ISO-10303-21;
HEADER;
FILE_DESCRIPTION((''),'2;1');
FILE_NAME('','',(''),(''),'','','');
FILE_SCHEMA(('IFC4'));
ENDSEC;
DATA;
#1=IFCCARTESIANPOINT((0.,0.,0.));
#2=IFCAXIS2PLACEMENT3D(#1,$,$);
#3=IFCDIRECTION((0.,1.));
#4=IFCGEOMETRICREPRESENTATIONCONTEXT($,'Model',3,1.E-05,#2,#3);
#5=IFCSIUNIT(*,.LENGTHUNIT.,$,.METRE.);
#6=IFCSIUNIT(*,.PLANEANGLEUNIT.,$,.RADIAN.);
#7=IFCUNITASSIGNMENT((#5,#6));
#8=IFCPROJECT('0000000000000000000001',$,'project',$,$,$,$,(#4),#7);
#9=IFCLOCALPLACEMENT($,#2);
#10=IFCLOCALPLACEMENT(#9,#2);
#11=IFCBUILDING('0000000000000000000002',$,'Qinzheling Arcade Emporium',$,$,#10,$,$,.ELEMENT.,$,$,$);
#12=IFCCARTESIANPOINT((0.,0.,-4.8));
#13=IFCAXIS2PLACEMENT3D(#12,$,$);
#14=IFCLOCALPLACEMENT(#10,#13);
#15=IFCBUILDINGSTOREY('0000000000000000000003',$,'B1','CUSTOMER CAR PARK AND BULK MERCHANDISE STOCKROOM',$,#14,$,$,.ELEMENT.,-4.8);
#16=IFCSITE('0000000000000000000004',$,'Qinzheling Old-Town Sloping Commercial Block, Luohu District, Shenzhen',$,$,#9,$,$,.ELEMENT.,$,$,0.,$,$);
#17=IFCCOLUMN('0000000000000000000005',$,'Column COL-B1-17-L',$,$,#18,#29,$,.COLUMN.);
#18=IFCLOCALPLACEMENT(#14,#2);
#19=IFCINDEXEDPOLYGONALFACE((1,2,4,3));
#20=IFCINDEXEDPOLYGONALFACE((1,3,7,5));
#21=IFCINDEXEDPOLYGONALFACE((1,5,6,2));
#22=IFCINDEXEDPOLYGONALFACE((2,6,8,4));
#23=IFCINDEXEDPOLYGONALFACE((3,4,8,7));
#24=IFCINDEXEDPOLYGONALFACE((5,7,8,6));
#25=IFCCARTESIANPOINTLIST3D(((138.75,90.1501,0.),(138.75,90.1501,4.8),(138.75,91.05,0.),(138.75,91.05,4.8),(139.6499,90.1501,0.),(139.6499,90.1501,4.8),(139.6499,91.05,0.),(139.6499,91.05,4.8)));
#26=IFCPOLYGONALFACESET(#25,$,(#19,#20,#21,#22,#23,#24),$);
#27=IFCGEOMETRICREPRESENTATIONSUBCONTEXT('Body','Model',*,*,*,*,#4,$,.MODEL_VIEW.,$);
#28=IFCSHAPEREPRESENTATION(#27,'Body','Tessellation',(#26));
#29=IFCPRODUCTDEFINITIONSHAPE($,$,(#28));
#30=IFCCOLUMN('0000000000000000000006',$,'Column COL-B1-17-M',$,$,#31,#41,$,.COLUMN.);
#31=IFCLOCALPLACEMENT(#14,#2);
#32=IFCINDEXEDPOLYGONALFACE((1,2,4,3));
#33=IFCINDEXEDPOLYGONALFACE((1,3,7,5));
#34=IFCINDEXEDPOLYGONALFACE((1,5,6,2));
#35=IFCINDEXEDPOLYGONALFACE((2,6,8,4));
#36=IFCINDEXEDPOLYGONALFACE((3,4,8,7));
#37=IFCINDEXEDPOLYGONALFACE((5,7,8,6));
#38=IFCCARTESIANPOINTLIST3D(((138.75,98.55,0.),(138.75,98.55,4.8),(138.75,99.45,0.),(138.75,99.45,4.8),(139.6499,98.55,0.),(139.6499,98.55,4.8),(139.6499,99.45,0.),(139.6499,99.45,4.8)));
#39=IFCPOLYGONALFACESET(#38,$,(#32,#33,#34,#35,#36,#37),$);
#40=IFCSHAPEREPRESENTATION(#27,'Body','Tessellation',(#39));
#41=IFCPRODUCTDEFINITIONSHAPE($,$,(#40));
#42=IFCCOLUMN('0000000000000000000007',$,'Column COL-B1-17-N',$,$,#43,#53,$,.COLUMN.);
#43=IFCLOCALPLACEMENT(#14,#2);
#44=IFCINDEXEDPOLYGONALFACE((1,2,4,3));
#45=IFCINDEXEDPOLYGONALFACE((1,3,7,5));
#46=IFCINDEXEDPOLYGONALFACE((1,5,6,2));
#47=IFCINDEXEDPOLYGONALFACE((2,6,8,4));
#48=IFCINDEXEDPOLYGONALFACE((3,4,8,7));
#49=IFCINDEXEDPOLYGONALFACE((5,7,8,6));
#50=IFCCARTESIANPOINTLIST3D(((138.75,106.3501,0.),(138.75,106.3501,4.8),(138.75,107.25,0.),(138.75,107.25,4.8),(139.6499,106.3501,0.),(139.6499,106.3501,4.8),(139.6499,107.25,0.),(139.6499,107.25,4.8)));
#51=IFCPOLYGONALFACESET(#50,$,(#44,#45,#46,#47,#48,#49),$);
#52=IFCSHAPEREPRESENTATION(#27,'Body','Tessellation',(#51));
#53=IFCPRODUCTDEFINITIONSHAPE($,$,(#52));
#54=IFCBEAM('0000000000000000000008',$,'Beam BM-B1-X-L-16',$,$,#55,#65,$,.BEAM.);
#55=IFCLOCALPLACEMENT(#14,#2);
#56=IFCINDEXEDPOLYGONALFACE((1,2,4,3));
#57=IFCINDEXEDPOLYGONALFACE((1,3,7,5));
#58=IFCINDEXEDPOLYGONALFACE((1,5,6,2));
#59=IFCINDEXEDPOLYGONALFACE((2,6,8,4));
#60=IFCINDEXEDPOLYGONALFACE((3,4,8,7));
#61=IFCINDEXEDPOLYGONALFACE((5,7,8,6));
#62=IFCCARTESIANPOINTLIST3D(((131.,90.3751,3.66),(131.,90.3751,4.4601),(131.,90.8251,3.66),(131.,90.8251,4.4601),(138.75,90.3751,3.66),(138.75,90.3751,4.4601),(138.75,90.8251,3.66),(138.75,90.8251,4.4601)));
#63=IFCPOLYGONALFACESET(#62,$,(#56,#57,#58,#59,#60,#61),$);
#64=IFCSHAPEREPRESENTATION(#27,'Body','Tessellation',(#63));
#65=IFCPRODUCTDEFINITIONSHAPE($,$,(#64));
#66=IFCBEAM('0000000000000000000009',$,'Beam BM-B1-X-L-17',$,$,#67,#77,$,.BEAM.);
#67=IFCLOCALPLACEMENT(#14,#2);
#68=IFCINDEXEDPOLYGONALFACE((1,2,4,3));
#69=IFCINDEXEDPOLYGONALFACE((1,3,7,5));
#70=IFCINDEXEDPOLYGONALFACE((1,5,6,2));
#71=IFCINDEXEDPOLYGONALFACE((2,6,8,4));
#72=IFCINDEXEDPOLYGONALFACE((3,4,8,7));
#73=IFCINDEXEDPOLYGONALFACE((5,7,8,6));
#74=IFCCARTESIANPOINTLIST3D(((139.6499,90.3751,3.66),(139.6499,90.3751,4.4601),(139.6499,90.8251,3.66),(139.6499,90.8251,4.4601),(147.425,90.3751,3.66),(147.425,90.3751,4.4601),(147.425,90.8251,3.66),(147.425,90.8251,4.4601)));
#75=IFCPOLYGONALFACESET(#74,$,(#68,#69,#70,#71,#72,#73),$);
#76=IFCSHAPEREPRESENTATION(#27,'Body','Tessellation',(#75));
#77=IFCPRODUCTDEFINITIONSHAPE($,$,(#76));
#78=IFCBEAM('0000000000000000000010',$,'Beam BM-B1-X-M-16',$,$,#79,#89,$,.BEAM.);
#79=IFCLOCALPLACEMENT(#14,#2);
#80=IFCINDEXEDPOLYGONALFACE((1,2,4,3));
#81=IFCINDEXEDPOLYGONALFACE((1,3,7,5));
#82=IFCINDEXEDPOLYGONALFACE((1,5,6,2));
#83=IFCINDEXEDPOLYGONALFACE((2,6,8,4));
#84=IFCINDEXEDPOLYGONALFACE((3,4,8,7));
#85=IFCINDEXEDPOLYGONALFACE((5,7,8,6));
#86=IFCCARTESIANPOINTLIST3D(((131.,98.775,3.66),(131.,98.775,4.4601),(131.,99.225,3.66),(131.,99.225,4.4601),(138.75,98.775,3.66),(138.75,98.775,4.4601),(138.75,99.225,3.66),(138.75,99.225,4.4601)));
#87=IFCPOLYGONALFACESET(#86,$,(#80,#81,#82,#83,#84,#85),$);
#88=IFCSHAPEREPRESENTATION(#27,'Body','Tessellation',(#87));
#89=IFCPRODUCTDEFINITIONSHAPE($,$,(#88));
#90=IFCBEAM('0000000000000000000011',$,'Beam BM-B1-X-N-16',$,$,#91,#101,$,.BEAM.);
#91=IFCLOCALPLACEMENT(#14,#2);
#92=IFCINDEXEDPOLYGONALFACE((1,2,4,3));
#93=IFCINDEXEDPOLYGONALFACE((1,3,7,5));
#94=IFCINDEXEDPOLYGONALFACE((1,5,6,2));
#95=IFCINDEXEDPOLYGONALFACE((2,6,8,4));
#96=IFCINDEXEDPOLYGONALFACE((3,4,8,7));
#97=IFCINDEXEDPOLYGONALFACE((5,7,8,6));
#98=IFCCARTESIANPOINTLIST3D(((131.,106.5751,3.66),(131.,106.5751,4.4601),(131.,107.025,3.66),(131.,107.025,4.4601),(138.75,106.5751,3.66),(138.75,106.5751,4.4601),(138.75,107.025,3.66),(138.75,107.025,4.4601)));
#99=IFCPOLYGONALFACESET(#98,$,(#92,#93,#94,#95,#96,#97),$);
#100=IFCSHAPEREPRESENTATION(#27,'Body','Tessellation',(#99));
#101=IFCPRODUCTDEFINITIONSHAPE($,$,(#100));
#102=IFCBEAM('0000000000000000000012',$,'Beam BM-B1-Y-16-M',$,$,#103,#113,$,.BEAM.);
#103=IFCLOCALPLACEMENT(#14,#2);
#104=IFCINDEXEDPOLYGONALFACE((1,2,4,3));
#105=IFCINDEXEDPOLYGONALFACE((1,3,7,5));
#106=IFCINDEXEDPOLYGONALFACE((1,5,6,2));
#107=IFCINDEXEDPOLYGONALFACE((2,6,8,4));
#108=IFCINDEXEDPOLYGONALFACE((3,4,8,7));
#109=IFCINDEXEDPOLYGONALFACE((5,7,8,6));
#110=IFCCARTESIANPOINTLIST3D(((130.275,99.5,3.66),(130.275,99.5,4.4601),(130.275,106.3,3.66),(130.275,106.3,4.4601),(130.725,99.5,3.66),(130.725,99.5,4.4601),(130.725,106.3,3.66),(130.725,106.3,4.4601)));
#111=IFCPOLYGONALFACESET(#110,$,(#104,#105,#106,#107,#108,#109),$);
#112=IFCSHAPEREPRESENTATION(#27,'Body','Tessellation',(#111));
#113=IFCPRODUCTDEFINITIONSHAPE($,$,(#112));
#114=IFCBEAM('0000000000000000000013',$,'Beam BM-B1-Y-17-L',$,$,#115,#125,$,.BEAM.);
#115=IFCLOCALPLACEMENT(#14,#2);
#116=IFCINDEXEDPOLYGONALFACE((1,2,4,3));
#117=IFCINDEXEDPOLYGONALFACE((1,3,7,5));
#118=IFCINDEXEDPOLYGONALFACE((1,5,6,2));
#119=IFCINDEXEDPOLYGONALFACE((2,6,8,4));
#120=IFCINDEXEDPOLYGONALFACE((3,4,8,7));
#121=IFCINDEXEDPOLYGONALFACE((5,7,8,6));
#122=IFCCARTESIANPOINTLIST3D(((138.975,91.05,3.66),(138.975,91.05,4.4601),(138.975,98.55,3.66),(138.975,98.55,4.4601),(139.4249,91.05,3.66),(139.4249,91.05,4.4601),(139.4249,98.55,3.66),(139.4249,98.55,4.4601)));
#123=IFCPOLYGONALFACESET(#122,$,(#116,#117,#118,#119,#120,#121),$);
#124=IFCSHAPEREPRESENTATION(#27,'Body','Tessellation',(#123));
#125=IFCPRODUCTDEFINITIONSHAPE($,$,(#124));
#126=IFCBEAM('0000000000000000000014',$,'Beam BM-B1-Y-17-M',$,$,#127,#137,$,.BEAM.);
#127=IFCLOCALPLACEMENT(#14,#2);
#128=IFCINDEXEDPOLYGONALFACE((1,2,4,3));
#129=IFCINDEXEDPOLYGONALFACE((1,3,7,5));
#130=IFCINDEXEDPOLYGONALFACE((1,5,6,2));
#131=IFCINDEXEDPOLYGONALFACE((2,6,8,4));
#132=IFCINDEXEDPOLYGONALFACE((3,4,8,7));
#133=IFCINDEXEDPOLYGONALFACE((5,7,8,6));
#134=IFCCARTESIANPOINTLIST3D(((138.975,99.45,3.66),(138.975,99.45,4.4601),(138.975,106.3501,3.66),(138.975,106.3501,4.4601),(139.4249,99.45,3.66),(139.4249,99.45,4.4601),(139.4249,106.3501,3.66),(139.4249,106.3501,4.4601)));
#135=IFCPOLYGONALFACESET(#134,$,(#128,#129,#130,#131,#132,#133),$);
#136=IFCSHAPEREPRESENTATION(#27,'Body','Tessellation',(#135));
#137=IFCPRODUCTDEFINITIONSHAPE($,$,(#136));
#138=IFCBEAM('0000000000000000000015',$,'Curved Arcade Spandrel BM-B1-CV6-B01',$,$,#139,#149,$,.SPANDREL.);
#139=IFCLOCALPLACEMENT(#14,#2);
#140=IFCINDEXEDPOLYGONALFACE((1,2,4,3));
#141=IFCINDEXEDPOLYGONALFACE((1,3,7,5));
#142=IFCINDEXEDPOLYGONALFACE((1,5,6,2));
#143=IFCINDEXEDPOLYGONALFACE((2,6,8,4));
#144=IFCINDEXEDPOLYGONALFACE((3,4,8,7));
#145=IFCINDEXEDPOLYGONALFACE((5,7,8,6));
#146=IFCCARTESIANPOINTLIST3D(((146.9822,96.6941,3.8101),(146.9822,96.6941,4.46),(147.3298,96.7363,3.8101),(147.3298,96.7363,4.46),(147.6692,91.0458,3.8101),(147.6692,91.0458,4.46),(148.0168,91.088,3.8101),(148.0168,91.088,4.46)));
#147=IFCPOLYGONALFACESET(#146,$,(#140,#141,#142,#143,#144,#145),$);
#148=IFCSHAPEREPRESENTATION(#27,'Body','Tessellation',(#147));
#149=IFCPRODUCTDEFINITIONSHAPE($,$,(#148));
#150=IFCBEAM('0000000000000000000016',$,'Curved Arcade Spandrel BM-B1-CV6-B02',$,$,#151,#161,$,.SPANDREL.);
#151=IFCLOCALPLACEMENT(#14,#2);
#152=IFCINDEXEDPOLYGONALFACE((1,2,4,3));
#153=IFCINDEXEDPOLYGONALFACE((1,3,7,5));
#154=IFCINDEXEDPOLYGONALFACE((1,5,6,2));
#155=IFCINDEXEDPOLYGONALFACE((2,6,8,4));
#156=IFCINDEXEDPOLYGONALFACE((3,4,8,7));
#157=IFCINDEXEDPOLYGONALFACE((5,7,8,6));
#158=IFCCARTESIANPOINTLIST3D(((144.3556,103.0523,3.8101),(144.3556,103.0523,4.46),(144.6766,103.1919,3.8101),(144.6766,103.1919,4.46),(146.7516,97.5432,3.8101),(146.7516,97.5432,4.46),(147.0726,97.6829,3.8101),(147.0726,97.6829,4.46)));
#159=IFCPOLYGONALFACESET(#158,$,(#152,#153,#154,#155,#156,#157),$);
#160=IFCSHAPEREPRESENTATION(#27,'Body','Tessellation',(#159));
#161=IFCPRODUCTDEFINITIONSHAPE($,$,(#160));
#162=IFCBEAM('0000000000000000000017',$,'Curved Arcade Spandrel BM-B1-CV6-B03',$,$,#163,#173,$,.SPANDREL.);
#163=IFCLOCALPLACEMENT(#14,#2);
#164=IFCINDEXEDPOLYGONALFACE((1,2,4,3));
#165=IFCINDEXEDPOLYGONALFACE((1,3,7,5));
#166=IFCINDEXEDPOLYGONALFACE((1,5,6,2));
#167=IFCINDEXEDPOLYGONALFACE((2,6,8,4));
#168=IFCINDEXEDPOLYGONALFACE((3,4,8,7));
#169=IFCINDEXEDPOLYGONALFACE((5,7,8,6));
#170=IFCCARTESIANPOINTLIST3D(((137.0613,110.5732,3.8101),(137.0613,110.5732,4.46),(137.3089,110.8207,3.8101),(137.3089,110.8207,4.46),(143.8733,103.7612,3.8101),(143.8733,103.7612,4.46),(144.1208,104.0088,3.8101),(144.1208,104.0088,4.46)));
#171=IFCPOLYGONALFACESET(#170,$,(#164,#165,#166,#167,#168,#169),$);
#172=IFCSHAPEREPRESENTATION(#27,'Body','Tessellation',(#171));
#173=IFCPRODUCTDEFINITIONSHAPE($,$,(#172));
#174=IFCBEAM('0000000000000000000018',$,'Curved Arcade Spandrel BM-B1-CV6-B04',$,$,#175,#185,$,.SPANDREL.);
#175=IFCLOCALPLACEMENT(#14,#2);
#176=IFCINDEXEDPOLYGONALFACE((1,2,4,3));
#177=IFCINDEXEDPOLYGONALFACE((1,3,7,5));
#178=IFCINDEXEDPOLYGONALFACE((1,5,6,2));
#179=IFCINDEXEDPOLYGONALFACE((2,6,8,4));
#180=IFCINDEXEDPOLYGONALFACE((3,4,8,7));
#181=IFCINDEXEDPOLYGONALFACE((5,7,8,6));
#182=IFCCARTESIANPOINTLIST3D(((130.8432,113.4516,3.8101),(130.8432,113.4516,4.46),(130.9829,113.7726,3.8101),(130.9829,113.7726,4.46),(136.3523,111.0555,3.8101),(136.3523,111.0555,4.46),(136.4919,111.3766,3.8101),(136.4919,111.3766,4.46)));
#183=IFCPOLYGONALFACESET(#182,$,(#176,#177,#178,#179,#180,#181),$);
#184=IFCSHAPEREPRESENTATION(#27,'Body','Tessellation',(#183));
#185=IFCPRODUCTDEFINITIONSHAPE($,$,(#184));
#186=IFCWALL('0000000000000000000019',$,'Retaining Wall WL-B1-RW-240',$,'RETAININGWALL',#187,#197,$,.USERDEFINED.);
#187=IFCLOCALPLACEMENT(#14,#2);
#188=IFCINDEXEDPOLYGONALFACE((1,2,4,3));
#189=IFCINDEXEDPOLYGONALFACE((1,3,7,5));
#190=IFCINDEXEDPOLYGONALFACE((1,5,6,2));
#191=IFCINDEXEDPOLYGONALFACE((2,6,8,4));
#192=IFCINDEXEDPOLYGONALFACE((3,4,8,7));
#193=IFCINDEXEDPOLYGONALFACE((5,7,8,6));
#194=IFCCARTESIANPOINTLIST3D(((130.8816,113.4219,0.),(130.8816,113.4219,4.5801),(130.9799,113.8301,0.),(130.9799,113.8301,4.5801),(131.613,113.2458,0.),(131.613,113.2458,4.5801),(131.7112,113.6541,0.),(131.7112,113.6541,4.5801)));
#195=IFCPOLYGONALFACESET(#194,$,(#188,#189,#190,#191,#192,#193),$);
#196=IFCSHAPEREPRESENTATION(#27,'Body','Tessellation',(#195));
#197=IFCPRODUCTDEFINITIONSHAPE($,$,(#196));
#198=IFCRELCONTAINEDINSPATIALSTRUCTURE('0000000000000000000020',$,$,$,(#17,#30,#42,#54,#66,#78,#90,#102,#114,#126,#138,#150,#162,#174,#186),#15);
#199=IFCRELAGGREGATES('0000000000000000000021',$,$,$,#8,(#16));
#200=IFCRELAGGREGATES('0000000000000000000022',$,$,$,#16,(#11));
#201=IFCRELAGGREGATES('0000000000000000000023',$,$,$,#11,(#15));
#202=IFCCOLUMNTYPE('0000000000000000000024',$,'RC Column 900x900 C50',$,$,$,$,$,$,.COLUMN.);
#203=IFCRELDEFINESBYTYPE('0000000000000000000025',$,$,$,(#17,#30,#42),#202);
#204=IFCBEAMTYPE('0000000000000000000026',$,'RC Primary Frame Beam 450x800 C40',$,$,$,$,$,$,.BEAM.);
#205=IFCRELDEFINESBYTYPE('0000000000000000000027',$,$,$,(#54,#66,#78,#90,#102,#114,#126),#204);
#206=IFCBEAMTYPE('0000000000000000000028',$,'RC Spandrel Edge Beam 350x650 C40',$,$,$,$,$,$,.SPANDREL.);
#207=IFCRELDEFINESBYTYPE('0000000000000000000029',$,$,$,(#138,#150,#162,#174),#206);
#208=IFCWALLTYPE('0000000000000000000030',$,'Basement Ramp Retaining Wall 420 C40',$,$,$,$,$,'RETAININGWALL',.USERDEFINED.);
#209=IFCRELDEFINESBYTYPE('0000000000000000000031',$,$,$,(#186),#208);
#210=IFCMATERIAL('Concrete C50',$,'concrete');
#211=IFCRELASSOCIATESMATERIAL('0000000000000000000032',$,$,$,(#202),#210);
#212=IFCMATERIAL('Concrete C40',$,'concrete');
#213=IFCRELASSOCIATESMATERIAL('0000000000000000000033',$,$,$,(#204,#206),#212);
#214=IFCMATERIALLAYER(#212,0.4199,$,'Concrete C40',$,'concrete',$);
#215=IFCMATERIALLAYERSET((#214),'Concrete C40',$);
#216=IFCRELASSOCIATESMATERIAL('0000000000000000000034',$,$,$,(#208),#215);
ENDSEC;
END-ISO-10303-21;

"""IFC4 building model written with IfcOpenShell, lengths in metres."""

from ifc_helpers import new_model, si_unit, direction, frame, frame_2d, origin, origin_2d, place, context, subcontext, project, spatial, rectangle, extrude, material, layer, layer_set, material_profile, profile_set, type_object, element, save


model = new_model("IFC4")

# Units and contexts
model_context = context("Model", 3, precision=1e-05, world=origin(), true_north=direction((0.0, 1.0)))
body_context = subcontext(model_context, "Body", "Model", "MODEL_VIEW")
ifc_project = project(units=[si_unit("LENGTHUNIT", "METRE"), si_unit("PLANEANGLEUNIT", "RADIAN")], contexts=[model_context])

# Site, building, storey
site_placement = place(None, origin())
site = spatial("IfcSite", under=ifc_project, at=site_placement, Name="Qinzheling Old-Town Sloping Commercial Block, Luohu District, Shenzhen", CompositionType="ELEMENT", RefElevation=0.0)
building_placement = place(site_placement, origin())
building = spatial("IfcBuilding", under=site, at=building_placement, Name="Qinzheling Arcade Emporium", CompositionType="ELEMENT")
storey_placement = place(building_placement, frame((0.0, 0.0, -4.8)))
storey = spatial("IfcBuildingStorey", under=building, at=storey_placement, Name="B1", Description="CUSTOMER CAR PARK AND BULK MERCHANDISE STOCKROOM", CompositionType="ELEMENT", Elevation=-4.8)

# Columns
ifc_material_1 = material(Name="Concrete C50", Category="concrete")
ifc_material_profile_1 = material_profile(ifc_material_1, rectangle(XDim=0.8999, YDim=0.8999, at=origin_2d()), Name="RC 900x900", Category="concrete")
ifc_profile_set_1 = profile_set([ifc_material_profile_1], Name="Concrete C50")
column_type_1 = type_object("IfcColumnType", Name="RC Column 900x900 C50", PredefinedType="COLUMN", material=ifc_profile_set_1)
for number, where, z_axis, x_axis, name in (
    (1, (139.2, 90.6001, 0.0), (0.0, 0.0, 1.0), (1.0, 0.0, 0.0), "Column COL-B1-17-L"),
    (2, (139.2, 99.0, 0.0), (0.0, 0.0, 1.0), (1.0, 0.0, 0.0), "Column COL-B1-17-M"),
    (3, (139.2, 106.8, 0.0), (0.0, 0.0, 1.0), (1.0, 0.0, 0.0), "Column COL-B1-17-N"),
):
    element("IfcColumn", number, at=place(storey_placement, frame(where, z_axis=z_axis, x_axis=x_axis)), inside=storey, type_object=column_type_1, Name=name, PredefinedType="COLUMN", context=body_context, shape_type="SweptSolid", body=[
        extrude(rectangle(XDim=0.8999, YDim=0.8999, at=origin_2d()), origin(), (0.0, 0.0, 1.0), 4.8),
    ])

# Beams
ifc_material_2 = material(Name="Concrete C40", Category="concrete")
ifc_material_profile_2 = material_profile(ifc_material_2, rectangle(XDim=0.45, YDim=0.8, at=origin_2d()), Name="RC 450x800", Category="concrete")
ifc_profile_set_2 = profile_set([ifc_material_profile_2], Name="Concrete C40")
beam_type_1 = type_object("IfcBeamType", Name="RC Primary Frame Beam 450x800 C40", PredefinedType="BEAM", material=ifc_profile_set_2)
beam_1_placement = place(storey_placement, frame((131.0, 90.6001, 4.0601), z_axis=(1.0, 0.0, 0.0), x_axis=(0.0, 1.0, 0.0)))
element("IfcBeam", 4, at=beam_1_placement, inside=storey, type_object=beam_type_1, Name="Beam BM-B1-X-L-16", PredefinedType="BEAM", context=body_context, shape_type="SweptSolid", body=[
    extrude(rectangle(XDim=0.45, YDim=0.8, at=origin_2d()), origin(), (0.0, 0.0, 1.0), 7.75),
])
beam_2_placement = place(storey_placement, frame((139.6499, 90.6001, 4.0601), z_axis=(1.0, 0.0, 0.0), x_axis=(0.0, 1.0, 0.0)))
element("IfcBeam", 5, at=beam_2_placement, inside=storey, type_object=beam_type_1, Name="Beam BM-B1-X-L-17", PredefinedType="BEAM", context=body_context, shape_type="SweptSolid", body=[
    extrude(rectangle(XDim=0.45, YDim=0.8, at=origin_2d()), origin(), (0.0, 0.0, 1.0), 7.7751),
])
for number, where, z_axis, x_axis, name in (
    (6, (131.0, 99.0, 4.0601), (1.0, 0.0, 0.0), (0.0, 1.0, 0.0), "Beam BM-B1-X-M-16"),
    (7, (131.0, 106.8, 4.0601), (1.0, 0.0, 0.0), (0.0, 1.0, 0.0), "Beam BM-B1-X-N-16"),
):
    element("IfcBeam", number, at=place(storey_placement, frame(where, z_axis=z_axis, x_axis=x_axis)), inside=storey, type_object=beam_type_1, Name=name, PredefinedType="BEAM", context=body_context, shape_type="SweptSolid", body=[
        extrude(rectangle(XDim=0.45, YDim=0.8, at=origin_2d()), origin(), (0.0, 0.0, 1.0), 7.75),
    ])
beam_3_placement = place(storey_placement, frame((130.5, 99.5, 4.0601), z_axis=(0.0, 1.0, 0.0), x_axis=(-1.0, 0.0, 0.0)))
element("IfcBeam", 8, at=beam_3_placement, inside=storey, type_object=beam_type_1, Name="Beam BM-B1-Y-16-M", PredefinedType="BEAM", context=body_context, shape_type="SweptSolid", body=[
    extrude(rectangle(XDim=0.45, YDim=0.8, at=origin_2d()), origin(), (0.0, 0.0, 1.0), 6.8),
])
beam_4_placement = place(storey_placement, frame((139.2, 91.05, 4.0601), z_axis=(0.0, 1.0, 0.0), x_axis=(-1.0, 0.0, 0.0)))
element("IfcBeam", 9, at=beam_4_placement, inside=storey, type_object=beam_type_1, Name="Beam BM-B1-Y-17-L", PredefinedType="BEAM", context=body_context, shape_type="SweptSolid", body=[
    extrude(rectangle(XDim=0.45, YDim=0.8, at=origin_2d()), origin(), (0.0, 0.0, 1.0), 7.5),
])
beam_5_placement = place(storey_placement, frame((139.2, 99.45, 4.0601), z_axis=(0.0, 1.0, 0.0), x_axis=(-1.0, 0.0, 0.0)))
element("IfcBeam", 10, at=beam_5_placement, inside=storey, type_object=beam_type_1, Name="Beam BM-B1-Y-17-M", PredefinedType="BEAM", context=body_context, shape_type="SweptSolid", body=[
    extrude(rectangle(XDim=0.45, YDim=0.8, at=origin_2d()), origin(), (0.0, 0.0, 1.0), 6.9001),
])
ifc_material_profile_3 = material_profile(ifc_material_2, rectangle(XDim=0.3501, YDim=0.6499, at=origin_2d()), Name="RC 350x650", Category="concrete")
ifc_profile_set_3 = profile_set([ifc_material_profile_3], Name="Concrete C40")
beam_type_2 = type_object("IfcBeamType", Name="RC Spandrel Edge Beam 350x650 C40", PredefinedType="SPANDREL", material=ifc_profile_set_3)
beam_6_placement = place(storey_placement, frame((147.843, 91.0669, 4.135), z_axis=(-0.120744, 0.992684, 0.0), x_axis=(-0.992684, -0.120744, 0.0)))
element("IfcBeam", 11, at=beam_6_placement, inside=storey, type_object=beam_type_2, Name="Curved Arcade Spandrel BM-B1-CV6-B01", PredefinedType="SPANDREL", context=body_context, shape_type="SweptSolid", body=[
    extrude(rectangle(XDim=0.3501, YDim=0.6499, at=origin_2d()), origin(), (0.0, 0.0, 1.0), 5.6899),
])
beam_7_placement = place(storey_placement, frame((146.9121, 97.613, 4.135), z_axis=(-0.398833, 0.917024, 0.0), x_axis=(-0.917024, -0.398833, 0.0)))
element("IfcBeam", 12, at=beam_7_placement, inside=storey, type_object=beam_type_2, Name="Curved Arcade Spandrel BM-B1-CV6-B02", PredefinedType="SPANDREL", context=body_context, shape_type="SweptSolid", body=[
    extrude(rectangle(XDim=0.3501, YDim=0.6499, at=origin_2d()), origin(), (0.0, 0.0, 1.0), 6.0076),
])
beam_8_placement = place(storey_placement, frame((143.9971, 103.885, 4.135), z_axis=(-0.707107, 0.707107, 0.0), x_axis=(-0.707107, -0.707107, 0.0)))
element("IfcBeam", 13, at=beam_8_placement, inside=storey, type_object=beam_type_2, Name="Curved Arcade Spandrel BM-B1-CV6-B03", PredefinedType="SPANDREL", context=body_context, shape_type="SweptSolid", body=[
    extrude(rectangle(XDim=0.3501, YDim=0.6499, at=origin_2d()), origin(), (0.0, 0.0, 1.0), 9.6335),
])
beam_9_placement = place(storey_placement, frame((136.4221, 111.2161, 4.135), z_axis=(-0.917024, 0.398833, 0.0), x_axis=(-0.398833, -0.917024, 0.0)))
element("IfcBeam", 14, at=beam_9_placement, inside=storey, type_object=beam_type_2, Name="Curved Arcade Spandrel BM-B1-CV6-B04", PredefinedType="SPANDREL", context=body_context, shape_type="SweptSolid", body=[
    extrude(rectangle(XDim=0.3501, YDim=0.6499, at=origin_2d()), origin(), (0.0, 0.0, 1.0), 6.0076),
])

# Wall
ifc_layer_1 = layer(ifc_material_2, 0.4199, Name="Concrete C40", Category="concrete")
ifc_layer_set_1 = layer_set([ifc_layer_1], Name="Concrete C40")
wall_type_1 = type_object("IfcWallType", Name="Basement Ramp Retaining Wall 420 C40", ElementType="RETAININGWALL", PredefinedType="USERDEFINED", material=ifc_layer_set_1)
wall_1_placement = place(storey_placement, frame((130.9309, 113.626, 0.0), z_axis=(0.0, 0.0, 1.0), x_axis=(0.972225, -0.234048, 0.0)))
element("IfcWall", 15, at=wall_1_placement, inside=storey, type_object=wall_type_1, Name="Retaining Wall WL-B1-RW-240", ObjectType="RETAININGWALL", PredefinedType="USERDEFINED", context=body_context, shape_type="SweptSolid", body=[
    extrude(rectangle(XDim=0.7522, YDim=0.4199, at=frame_2d((0.376, 0.0))), origin(), (0.0, 0.0, 1.0), 4.5801),
])

save(model, "model.ifc")
